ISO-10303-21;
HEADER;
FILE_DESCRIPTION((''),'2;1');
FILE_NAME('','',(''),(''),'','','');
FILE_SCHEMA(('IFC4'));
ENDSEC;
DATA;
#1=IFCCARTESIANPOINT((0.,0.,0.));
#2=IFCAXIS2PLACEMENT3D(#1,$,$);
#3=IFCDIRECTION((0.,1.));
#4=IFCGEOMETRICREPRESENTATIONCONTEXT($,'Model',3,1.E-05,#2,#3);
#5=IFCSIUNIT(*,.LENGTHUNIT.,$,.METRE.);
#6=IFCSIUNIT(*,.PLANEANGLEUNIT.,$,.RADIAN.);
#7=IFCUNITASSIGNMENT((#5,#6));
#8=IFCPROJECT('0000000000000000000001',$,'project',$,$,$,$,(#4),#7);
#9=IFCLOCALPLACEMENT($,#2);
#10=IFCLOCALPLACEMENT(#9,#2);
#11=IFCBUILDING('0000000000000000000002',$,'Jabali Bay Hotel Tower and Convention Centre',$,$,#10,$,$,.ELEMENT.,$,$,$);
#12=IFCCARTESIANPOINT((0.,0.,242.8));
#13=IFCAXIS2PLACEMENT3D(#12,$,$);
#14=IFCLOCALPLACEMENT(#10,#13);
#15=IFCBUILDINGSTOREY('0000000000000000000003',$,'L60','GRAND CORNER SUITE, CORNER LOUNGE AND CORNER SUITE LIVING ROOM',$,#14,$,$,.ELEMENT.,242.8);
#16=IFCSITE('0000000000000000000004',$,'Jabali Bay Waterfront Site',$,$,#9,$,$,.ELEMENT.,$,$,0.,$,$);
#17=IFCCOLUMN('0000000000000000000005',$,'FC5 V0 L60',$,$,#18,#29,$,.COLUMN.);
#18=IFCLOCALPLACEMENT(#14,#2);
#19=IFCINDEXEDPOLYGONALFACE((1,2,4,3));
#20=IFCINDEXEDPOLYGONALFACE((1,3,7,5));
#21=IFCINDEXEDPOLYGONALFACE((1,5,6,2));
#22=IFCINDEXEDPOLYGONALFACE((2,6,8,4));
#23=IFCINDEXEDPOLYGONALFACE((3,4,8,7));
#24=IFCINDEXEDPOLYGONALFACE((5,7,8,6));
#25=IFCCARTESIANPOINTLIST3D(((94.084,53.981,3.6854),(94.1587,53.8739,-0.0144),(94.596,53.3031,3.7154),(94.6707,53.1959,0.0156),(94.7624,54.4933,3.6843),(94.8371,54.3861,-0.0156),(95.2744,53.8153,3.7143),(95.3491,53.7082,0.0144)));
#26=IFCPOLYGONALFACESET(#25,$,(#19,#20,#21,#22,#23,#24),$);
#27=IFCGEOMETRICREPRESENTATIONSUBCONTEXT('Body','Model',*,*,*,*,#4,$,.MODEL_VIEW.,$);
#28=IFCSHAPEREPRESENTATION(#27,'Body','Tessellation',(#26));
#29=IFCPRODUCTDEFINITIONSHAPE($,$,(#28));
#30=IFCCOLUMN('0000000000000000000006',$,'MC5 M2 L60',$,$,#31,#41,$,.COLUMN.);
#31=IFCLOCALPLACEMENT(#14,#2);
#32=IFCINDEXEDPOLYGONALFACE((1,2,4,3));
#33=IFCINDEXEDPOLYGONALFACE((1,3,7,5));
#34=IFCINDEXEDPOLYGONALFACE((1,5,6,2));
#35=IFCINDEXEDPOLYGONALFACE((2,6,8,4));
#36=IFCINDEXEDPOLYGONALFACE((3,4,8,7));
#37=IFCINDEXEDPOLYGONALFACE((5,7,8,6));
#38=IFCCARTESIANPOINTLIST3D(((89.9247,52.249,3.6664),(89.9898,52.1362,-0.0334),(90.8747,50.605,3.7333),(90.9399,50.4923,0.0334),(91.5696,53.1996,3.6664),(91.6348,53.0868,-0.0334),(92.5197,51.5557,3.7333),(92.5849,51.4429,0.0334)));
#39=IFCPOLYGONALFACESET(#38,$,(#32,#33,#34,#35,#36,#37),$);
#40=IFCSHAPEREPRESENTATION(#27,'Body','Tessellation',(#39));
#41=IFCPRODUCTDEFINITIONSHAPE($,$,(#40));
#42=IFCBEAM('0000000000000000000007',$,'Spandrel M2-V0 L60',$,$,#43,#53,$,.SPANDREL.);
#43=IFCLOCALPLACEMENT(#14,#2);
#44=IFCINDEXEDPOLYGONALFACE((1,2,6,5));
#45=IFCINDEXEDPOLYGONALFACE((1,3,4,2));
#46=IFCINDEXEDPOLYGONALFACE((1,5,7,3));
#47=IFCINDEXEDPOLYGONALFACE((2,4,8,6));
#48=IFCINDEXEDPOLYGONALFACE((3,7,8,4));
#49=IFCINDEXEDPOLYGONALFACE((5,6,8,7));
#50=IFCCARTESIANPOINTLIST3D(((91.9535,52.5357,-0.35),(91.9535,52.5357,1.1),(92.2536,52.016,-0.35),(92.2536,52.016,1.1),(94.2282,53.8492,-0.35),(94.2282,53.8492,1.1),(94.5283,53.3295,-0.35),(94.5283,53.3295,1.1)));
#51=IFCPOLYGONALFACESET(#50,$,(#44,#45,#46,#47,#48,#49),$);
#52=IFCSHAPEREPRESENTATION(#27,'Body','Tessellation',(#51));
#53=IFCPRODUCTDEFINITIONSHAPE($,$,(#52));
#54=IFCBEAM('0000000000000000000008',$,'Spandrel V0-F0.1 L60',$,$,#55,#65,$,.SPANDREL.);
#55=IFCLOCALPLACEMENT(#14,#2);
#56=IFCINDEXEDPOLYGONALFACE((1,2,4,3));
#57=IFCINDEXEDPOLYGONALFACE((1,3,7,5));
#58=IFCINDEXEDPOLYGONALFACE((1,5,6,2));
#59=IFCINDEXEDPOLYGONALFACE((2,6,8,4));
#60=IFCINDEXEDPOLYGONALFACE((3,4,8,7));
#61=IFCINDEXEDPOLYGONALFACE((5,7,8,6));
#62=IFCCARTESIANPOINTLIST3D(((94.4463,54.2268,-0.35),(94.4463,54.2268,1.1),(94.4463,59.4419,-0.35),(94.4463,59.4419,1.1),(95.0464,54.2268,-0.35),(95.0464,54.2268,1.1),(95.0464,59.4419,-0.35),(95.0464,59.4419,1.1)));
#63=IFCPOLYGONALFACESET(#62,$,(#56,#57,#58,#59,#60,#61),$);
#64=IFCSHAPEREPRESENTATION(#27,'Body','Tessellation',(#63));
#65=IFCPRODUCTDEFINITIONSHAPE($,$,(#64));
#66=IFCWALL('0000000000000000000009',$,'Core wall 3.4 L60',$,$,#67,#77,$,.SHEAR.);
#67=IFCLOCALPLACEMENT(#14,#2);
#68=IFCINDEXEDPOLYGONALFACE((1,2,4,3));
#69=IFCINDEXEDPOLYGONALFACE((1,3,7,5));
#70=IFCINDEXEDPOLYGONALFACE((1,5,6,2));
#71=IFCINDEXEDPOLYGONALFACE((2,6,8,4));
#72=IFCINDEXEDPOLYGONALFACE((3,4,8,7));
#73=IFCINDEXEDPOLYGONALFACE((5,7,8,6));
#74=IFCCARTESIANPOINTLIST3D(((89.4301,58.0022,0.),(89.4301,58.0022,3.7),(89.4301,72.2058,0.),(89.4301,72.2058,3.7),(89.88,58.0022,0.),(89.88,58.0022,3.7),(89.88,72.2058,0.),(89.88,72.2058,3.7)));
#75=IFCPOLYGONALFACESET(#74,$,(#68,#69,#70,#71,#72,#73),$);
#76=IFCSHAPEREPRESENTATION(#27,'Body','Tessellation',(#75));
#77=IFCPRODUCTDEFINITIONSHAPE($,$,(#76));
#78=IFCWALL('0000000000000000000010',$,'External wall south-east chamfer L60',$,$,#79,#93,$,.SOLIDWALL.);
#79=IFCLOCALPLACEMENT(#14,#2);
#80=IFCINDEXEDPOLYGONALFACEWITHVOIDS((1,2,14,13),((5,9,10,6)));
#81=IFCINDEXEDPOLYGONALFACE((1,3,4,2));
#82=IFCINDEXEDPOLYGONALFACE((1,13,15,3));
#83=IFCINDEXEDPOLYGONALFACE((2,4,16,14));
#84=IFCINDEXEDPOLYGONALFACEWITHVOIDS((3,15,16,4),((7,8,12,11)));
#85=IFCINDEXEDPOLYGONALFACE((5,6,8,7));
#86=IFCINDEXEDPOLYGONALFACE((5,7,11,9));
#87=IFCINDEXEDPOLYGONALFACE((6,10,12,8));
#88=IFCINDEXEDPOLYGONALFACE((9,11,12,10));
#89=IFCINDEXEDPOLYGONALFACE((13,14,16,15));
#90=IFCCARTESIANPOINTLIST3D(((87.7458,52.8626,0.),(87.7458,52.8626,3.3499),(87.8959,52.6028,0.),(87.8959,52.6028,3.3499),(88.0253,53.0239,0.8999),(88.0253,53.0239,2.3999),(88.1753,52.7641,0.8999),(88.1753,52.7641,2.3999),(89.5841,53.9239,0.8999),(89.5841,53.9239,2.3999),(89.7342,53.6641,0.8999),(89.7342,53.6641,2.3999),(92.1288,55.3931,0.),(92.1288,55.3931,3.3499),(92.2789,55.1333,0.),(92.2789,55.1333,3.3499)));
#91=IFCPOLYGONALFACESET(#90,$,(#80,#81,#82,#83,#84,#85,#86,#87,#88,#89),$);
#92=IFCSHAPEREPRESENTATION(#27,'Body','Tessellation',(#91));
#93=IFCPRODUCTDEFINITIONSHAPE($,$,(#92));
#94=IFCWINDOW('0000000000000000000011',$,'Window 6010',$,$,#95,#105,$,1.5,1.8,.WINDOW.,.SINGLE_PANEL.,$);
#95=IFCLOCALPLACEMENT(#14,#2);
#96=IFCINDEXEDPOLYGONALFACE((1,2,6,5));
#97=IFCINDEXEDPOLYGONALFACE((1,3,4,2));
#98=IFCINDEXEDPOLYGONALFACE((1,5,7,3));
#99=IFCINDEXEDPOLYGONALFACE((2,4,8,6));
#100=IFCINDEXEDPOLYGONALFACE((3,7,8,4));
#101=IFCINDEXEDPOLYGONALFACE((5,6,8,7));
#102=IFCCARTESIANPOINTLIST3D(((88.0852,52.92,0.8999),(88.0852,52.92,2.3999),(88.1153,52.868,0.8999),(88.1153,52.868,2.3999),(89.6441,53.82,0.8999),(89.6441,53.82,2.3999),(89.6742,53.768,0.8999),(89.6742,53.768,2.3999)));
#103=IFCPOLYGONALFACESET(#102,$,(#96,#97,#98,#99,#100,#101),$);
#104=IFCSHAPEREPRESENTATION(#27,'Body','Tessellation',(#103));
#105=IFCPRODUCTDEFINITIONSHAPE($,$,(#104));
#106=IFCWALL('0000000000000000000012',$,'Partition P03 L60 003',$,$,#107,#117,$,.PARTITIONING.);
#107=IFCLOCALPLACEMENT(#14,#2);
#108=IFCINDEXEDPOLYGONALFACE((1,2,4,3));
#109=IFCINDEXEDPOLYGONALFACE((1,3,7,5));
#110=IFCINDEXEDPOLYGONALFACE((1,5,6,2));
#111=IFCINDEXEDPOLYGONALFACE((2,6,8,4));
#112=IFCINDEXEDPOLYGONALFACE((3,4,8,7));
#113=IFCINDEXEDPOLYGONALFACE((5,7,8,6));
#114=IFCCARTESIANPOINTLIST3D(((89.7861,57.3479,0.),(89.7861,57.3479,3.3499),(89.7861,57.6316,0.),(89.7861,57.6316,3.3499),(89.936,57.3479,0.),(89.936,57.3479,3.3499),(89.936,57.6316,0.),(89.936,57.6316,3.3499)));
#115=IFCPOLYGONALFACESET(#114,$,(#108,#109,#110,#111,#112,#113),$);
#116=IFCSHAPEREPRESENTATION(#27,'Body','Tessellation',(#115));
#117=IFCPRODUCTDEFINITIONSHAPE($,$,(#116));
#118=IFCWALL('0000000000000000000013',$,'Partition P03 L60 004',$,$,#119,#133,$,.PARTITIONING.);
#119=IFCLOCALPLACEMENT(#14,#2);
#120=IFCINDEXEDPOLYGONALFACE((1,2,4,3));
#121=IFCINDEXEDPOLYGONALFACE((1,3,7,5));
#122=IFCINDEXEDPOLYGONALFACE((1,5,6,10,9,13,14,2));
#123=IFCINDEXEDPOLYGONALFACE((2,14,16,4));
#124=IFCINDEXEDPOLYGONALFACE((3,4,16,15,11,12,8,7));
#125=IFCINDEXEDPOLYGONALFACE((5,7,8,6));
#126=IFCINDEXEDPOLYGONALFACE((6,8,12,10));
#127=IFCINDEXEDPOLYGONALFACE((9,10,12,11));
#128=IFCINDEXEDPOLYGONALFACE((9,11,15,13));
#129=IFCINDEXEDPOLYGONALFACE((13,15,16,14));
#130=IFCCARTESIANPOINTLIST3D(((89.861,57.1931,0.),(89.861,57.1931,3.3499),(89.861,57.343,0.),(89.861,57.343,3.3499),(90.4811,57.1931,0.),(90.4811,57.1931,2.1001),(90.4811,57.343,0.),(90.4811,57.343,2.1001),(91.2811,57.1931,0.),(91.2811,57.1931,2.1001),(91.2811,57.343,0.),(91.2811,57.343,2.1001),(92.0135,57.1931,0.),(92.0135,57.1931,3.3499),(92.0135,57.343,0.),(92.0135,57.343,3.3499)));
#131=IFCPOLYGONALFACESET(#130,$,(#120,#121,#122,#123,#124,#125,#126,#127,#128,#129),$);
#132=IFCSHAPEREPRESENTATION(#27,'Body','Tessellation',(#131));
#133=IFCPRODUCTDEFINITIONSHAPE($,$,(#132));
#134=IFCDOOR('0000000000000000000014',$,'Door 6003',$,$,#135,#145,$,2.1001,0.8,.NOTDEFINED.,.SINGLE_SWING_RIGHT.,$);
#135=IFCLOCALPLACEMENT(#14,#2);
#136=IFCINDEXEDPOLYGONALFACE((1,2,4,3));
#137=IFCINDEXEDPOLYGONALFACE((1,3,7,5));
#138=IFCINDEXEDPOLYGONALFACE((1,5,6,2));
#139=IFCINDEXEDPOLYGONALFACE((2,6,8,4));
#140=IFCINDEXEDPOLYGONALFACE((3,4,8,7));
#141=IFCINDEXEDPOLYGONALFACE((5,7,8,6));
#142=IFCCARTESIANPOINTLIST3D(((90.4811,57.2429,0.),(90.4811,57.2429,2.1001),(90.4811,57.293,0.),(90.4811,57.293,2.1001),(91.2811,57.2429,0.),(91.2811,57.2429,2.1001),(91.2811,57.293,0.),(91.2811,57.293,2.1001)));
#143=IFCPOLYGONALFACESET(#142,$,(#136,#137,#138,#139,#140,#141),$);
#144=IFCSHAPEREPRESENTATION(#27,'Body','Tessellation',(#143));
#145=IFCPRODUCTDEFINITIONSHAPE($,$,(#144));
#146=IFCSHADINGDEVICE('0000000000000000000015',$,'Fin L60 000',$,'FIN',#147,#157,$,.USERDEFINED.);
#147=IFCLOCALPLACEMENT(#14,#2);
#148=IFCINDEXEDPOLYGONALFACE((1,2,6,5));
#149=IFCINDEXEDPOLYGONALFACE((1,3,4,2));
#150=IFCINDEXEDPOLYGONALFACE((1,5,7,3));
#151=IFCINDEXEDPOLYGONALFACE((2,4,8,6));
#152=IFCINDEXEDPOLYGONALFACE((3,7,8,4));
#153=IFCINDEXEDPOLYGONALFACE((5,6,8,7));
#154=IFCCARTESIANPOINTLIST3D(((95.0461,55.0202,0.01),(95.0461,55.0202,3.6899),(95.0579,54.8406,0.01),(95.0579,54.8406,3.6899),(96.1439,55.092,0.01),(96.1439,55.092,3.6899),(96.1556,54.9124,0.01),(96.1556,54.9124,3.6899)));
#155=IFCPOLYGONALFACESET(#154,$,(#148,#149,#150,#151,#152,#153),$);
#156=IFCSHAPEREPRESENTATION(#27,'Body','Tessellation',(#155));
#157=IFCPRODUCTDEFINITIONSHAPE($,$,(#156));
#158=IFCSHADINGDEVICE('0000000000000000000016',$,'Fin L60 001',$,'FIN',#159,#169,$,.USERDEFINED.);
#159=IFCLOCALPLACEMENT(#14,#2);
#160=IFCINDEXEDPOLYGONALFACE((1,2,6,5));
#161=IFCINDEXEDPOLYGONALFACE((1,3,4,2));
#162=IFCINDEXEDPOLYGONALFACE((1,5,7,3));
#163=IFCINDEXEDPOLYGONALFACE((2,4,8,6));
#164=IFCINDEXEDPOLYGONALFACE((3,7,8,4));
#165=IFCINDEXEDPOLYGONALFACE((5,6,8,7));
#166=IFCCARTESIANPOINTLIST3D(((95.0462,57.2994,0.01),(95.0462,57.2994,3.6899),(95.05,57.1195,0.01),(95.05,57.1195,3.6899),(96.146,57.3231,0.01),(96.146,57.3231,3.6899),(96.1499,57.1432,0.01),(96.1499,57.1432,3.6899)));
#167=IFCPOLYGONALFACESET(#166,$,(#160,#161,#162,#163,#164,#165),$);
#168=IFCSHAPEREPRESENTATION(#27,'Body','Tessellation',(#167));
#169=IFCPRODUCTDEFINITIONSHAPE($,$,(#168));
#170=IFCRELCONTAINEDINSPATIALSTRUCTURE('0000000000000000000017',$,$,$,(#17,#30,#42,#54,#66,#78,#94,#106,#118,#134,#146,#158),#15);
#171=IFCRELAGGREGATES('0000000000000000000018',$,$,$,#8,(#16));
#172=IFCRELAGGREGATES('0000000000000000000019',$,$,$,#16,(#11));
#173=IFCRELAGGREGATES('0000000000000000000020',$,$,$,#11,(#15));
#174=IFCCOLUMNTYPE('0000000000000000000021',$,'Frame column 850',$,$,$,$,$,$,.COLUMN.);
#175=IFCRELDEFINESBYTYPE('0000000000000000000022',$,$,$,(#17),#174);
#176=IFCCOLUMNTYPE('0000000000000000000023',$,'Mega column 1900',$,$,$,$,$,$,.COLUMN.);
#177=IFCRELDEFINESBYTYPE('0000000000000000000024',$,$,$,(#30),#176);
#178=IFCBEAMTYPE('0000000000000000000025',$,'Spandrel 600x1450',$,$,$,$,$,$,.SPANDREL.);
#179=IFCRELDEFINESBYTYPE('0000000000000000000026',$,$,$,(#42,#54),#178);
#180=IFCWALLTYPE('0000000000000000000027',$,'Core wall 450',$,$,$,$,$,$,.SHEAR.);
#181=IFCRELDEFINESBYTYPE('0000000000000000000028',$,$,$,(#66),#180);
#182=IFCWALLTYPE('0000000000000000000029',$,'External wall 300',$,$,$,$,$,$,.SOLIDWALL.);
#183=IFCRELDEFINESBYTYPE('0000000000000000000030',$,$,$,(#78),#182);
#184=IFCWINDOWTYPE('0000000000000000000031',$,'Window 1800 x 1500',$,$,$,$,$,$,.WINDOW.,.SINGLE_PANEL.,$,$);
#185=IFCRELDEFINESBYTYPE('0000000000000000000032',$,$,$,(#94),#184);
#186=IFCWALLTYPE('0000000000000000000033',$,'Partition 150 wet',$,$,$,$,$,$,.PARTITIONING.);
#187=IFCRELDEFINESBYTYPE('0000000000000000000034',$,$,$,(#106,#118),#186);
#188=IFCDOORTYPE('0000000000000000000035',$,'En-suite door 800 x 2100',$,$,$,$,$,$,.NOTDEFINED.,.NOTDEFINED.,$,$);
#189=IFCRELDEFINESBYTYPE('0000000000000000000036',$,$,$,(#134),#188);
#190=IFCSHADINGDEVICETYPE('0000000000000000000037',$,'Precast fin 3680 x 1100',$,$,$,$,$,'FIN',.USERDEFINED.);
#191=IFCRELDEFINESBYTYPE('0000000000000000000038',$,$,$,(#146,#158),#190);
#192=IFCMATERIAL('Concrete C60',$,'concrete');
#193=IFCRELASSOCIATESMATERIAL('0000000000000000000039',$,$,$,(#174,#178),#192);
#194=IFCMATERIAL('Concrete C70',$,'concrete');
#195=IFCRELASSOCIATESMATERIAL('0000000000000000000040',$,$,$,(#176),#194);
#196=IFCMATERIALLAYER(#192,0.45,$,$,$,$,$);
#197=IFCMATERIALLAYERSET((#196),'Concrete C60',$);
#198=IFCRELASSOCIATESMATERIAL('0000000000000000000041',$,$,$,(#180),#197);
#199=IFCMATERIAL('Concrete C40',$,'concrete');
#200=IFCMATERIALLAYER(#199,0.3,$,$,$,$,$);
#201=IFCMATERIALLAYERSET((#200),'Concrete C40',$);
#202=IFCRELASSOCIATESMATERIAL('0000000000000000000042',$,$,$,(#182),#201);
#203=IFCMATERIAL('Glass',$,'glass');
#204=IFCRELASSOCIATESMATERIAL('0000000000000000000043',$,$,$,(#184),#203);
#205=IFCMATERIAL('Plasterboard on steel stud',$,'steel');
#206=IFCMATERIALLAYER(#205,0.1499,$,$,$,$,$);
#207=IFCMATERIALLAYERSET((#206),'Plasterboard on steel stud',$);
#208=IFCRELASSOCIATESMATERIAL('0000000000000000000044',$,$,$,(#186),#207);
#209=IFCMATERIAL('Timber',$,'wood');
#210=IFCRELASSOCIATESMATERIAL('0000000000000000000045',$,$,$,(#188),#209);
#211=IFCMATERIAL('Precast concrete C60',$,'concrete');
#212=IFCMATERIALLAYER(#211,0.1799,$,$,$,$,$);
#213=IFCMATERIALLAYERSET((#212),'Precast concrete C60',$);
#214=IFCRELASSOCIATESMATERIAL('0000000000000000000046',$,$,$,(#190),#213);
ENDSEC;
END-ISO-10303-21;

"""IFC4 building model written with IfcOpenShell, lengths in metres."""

from ifc_helpers import new_model, si_unit, direction, frame, frame_2d, origin, origin_2d, place, context, subcontext, project, spatial, rectangle, extrude, material, layer, layer_set, material_profile, profile_set, type_object, element, fill, save


model = new_model("IFC4")

# Units and contexts
model_context = context("Model", 3, precision=1e-05, world=origin(), true_north=direction((0.0, 1.0)))
body_context = subcontext(model_context, "Body", "Model", "MODEL_VIEW")
ifc_project = project(units=[si_unit("LENGTHUNIT", "METRE"), si_unit("PLANEANGLEUNIT", "RADIAN")], contexts=[model_context])

# Site, building, storey
site_placement = place(None, origin())
site = spatial("IfcSite", under=ifc_project, at=site_placement, Name="Jabali Bay Waterfront Site", CompositionType="ELEMENT", RefElevation=0.0)
building_placement = place(site_placement, origin())
building = spatial("IfcBuilding", under=site, at=building_placement, Name="Jabali Bay Hotel Tower and Convention Centre", CompositionType="ELEMENT")
storey_placement = place(building_placement, frame((0.0, 0.0, 242.8)))
storey = spatial("IfcBuildingStorey", under=building, at=storey_placement, Name="L60", Description="GRAND CORNER SUITE, CORNER LOUNGE AND CORNER SUITE LIVING ROOM", CompositionType="ELEMENT", Elevation=242.8)

# Columns
ifc_material_1 = material(Name="Concrete C60", Category="concrete")
ifc_material_profile_1 = material_profile(ifc_material_1, rectangle(XDim=0.8501, YDim=0.8501, at=origin_2d()), Name="Frame column 850")
ifc_profile_set_1 = profile_set([ifc_material_profile_1], Name="Concrete C60")
column_type_1 = type_object("IfcColumnType", Name="Frame column 850", PredefinedType="COLUMN", material=ifc_profile_set_1)
column_1_placement = place(storey_placement, frame((94.7539, 53.791, 0.0), z_axis=(-0.020179, 0.028949, 0.999377), x_axis=(-0.798046, -0.602595, 0.001342)))
element("IfcColumn", 1, at=column_1_placement, inside=storey, type_object=column_type_1, Name="FC5 V0 L60", PredefinedType="COLUMN", context=body_context, shape_type="SweptSolid", body=[
    extrude(rectangle(XDim=0.8501, YDim=0.8501, at=origin_2d()), origin(), (0.0, 0.0, 1.0), 3.7021),
])
ifc_material_2 = material(Name="Concrete C70", Category="concrete")
ifc_material_profile_2 = material_profile(ifc_material_2, rectangle(XDim=1.8999, YDim=1.8999, at=origin_2d()), Name="Mega column 1900")
ifc_profile_set_2 = profile_set([ifc_material_profile_2], Name="Concrete C70")
column_type_2 = type_object("IfcColumnType", Name="Mega column 1900", PredefinedType="COLUMN", material=ifc_profile_set_2)
column_2_placement = place(storey_placement, frame((91.2874, 51.7896, 0.0), z_axis=(-0.017607, 0.030466, 0.999381), x_axis=(0.500061, -0.865275, 0.035188)))
element("IfcColumn", 2, at=column_2_placement, inside=storey, type_object=column_type_2, Name="MC5 M2 L60", PredefinedType="COLUMN", context=body_context, shape_type="SweptSolid", body=[
    extrude(rectangle(XDim=1.8999, YDim=1.8999, at=origin_2d()), origin(), (0.0, 0.0, 1.0), 3.7021),
])

# Beams
ifc_material_profile_3 = material_profile(ifc_material_1, rectangle(XDim=0.6001, YDim=1.45, at=origin_2d()), Name="Spandrel 600x1450")
ifc_profile_set_3 = profile_set([ifc_material_profile_3], Name="Concrete C60")
beam_type = type_object("IfcBeamType", Name="Spandrel 600x1450", PredefinedType="SPANDREL", material=ifc_profile_set_3)
beam_1_placement = place(storey_placement, frame((92.1035, 52.2759, 0.375), z_axis=(0.865992, 0.500058, 0.0), x_axis=(-0.500058, 0.865992, 0.0)))
element("IfcBeam", 3, at=beam_1_placement, inside=storey, type_object=beam_type, Name="Spandrel M2-V0 L60", PredefinedType="SPANDREL", context=body_context, shape_type="SweptSolid", body=[
    extrude(rectangle(XDim=0.6001, YDim=1.45, at=origin_2d()), origin(), (0.0, 0.0, 1.0), 2.6267),
])
beam_2_placement = place(storey_placement, frame((94.7463, 54.2268, 0.375), z_axis=(0.0, 1.0, 0.0), x_axis=(-1.0, 0.0, 0.0)))
element("IfcBeam", 4, at=beam_2_placement, inside=storey, type_object=beam_type, Name="Spandrel V0-F0.1 L60", PredefinedType="SPANDREL", context=body_context, shape_type="SweptSolid", body=[
    extrude(rectangle(XDim=0.6001, YDim=1.45, at=origin_2d()), origin(), (0.0, 0.0, 1.0), 5.2151),
])

# Wall
ifc_layer_1 = layer(ifc_material_1, 0.45)
ifc_layer_set_1 = layer_set([ifc_layer_1], Name="Concrete C60")
wall_type_1 = type_object("IfcWallType", Name="Core wall 450", PredefinedType="SHEAR", material=ifc_layer_set_1)
wall_1_placement = place(storey_placement, frame((89.655, 58.0022, 0.0), z_axis=(0.0, 0.0, 1.0), x_axis=(0.0, 1.0, 0.0)))
element("IfcWall", 5, at=wall_1_placement, inside=storey, type_object=wall_type_1, Name="Core wall 3.4 L60", PredefinedType="SHEAR", context=body_context, shape_type="SweptSolid", body=[
    extrude(rectangle(XDim=14.2036, YDim=0.45, at=frame_2d((7.1018, 0.0))), origin(), (0.0, 0.0, 1.0), 3.7),
])

# Wall, opening, window
ifc_material_3 = material(Name="Concrete C40", Category="concrete")
ifc_layer_2 = layer(ifc_material_3, 0.3)
ifc_layer_set_2 = layer_set([ifc_layer_2], Name="Concrete C40")
wall_type_2 = type_object("IfcWallType", Name="External wall 300", PredefinedType="SOLIDWALL", material=ifc_layer_set_2)
wall_2_placement = place(storey_placement, frame((92.2039, 55.2632, 0.0), z_axis=(0.0, 0.0, 1.0), x_axis=(-0.866029, -0.499994, 0.0)))
wall_2 = element("IfcWall", 6, at=wall_2_placement, inside=storey, type_object=wall_type_2, Name="External wall south-east chamfer L60", PredefinedType="SOLIDWALL", context=body_context, shape_type="SweptSolid", body=[
    extrude(rectangle(XDim=5.061, YDim=0.3, at=frame_2d((2.5305, 0.0))), origin(), (0.0, 0.0, 1.0), 3.3499),
])
opening_1_placement = place(wall_2_placement, frame((2.9385, 0.0, 0.8999)))
opening_1 = element("IfcOpeningElement", 7, at=opening_1_placement, cuts=wall_2, PredefinedType="OPENING", context=body_context, shape_type="SweptSolid", body=[
    extrude(rectangle(XDim=1.8, YDim=1.5, at=frame_2d((0.8999, 0.75))), frame((0.0, 0.1606, 0.0), z_axis=(0.0, -1.0, 0.0), x_axis=(1.0, 0.0, 0.0)), (0.0, 0.0, 1.0), 0.321),
])
ifc_material_4 = material(Name="Glass", Category="glass")
window_type = type_object("IfcWindowType", Name="Window 1800 x 1500", PartitioningType="SINGLE_PANEL", PredefinedType="WINDOW", material=ifc_material_4)
window_placement = place(opening_1_placement, origin())
window = element("IfcWindow", 8, at=window_placement, inside=storey, type_object=window_type, Name="Window 6010", OverallHeight=1.5, OverallWidth=1.8, PartitioningType="SINGLE_PANEL", PredefinedType="WINDOW", context=body_context, shape_type="SweptSolid", body=[
    extrude(rectangle(XDim=1.8, YDim=1.5, at=frame_2d((0.8999, 0.75))), frame((0.0, 0.03, 0.0), z_axis=(0.0, -1.0, 0.0), x_axis=(1.0, 0.0, 0.0)), (0.0, 0.0, 1.0), 0.0601),
])
fill(opening_1, window)

# Wall
ifc_material_5 = material(Name="Plasterboard on steel stud", Category="steel")
ifc_layer_3 = layer(ifc_material_5, 0.1499)
ifc_layer_set_3 = layer_set([ifc_layer_3], Name="Plasterboard on steel stud")
wall_type_3 = type_object("IfcWallType", Name="Partition 150 wet", PredefinedType="PARTITIONING", material=ifc_layer_set_3)
wall_3_placement = place(storey_placement, frame((89.8611, 57.6316, 0.0), z_axis=(0.0, 0.0, 1.0), x_axis=(0.0, -1.0, 0.0)))
element("IfcWall", 9, at=wall_3_placement, inside=storey, type_object=wall_type_3, Name="Partition P03 L60 003", PredefinedType="PARTITIONING", context=body_context, shape_type="SweptSolid", body=[
    extrude(rectangle(XDim=0.2837, YDim=0.1499, at=frame_2d((0.1418, 0.0))), origin(), (0.0, 0.0, 1.0), 3.3499),
])

# Wall, opening, door
wall_4_placement = place(storey_placement, frame((89.8611, 57.2681, 0.0), z_axis=(0.0, 0.0, 1.0), x_axis=(1.0, 0.0, 0.0)))
wall_4 = element("IfcWall", 10, at=wall_4_placement, inside=storey, type_object=wall_type_3, Name="Partition P03 L60 004", PredefinedType="PARTITIONING", context=body_context, shape_type="SweptSolid", body=[
    extrude(rectangle(XDim=2.1526, YDim=0.1499, at=frame_2d((1.0762, 0.0))), origin(), (0.0, 0.0, 1.0), 3.3499),
])
opening_2_placement = place(wall_4_placement, frame((0.6201, 0.0, 0.0)))
opening_2 = element("IfcOpeningElement", 11, at=opening_2_placement, cuts=wall_4, PredefinedType="OPENING", context=body_context, shape_type="SweptSolid", body=[
    extrude(rectangle(XDim=0.8, YDim=2.1001, at=frame_2d((0.3999, 1.05))), frame((0.0, 0.0854, 0.0), z_axis=(0.0, -1.0, 0.0), x_axis=(1.0, 0.0, 0.0)), (0.0, 0.0, 1.0), 0.1709),
])
ifc_material_6 = material(Name="Timber", Category="wood")
door_type = type_object("IfcDoorType", Name="En-suite door 800 x 2100", OperationType="NOTDEFINED", PredefinedType="NOTDEFINED", material=ifc_material_6)
door_placement = place(opening_2_placement, origin())
door = element("IfcDoor", 12, at=door_placement, inside=storey, type_object=door_type, Name="Door 6003", OperationType="SINGLE_SWING_RIGHT", OverallHeight=2.1001, OverallWidth=0.8, PredefinedType="NOTDEFINED", context=body_context, shape_type="SweptSolid", body=[
    extrude(rectangle(XDim=0.8, YDim=2.1001, at=frame_2d((0.3999, 1.05))), frame((0.0, 0.0249, 0.0), z_axis=(0.0, -1.0, 0.0), x_axis=(1.0, 0.0, 0.0)), (0.0, 0.0, 1.0), 0.05),
])
fill(opening_2, door)

# Shading devices
ifc_material_7 = material(Name="Precast concrete C60", Category="concrete")
ifc_layer_4 = layer(ifc_material_7, 0.1799)
ifc_layer_set_4 = layer_set([ifc_layer_4], Name="Precast concrete C60")
shading_device_type_1 = type_object("IfcShadingDeviceType", Name="Precast fin 3680 x 1100", ElementType="FIN", PredefinedType="USERDEFINED", material=ifc_layer_set_4)
for number, where, z_axis, x_axis, name in (
    (13, (95.052, 54.9304, 0.01), (0.0, 0.0, 1.0), (0.997869, 0.065252, 0.0), "Fin L60 000"),
    (14, (95.0481, 57.2095, 0.01), (0.0, 0.0, 1.0), (0.999768, 0.021527, 0.0), "Fin L60 001"),
):
    element("IfcShadingDevice", number, at=place(storey_placement, frame(where, z_axis=z_axis, x_axis=x_axis)), inside=storey, type_object=shading_device_type_1, Name=name, ObjectType="FIN", PredefinedType="USERDEFINED", context=body_context, shape_type="SweptSolid", body=[
        extrude(rectangle(XDim=1.1001, YDim=0.1799, at=frame_2d((0.55, 0.0))), origin(), (0.0, 0.0, 1.0), 3.6799),
    ])

save(model, "model.ifc")
